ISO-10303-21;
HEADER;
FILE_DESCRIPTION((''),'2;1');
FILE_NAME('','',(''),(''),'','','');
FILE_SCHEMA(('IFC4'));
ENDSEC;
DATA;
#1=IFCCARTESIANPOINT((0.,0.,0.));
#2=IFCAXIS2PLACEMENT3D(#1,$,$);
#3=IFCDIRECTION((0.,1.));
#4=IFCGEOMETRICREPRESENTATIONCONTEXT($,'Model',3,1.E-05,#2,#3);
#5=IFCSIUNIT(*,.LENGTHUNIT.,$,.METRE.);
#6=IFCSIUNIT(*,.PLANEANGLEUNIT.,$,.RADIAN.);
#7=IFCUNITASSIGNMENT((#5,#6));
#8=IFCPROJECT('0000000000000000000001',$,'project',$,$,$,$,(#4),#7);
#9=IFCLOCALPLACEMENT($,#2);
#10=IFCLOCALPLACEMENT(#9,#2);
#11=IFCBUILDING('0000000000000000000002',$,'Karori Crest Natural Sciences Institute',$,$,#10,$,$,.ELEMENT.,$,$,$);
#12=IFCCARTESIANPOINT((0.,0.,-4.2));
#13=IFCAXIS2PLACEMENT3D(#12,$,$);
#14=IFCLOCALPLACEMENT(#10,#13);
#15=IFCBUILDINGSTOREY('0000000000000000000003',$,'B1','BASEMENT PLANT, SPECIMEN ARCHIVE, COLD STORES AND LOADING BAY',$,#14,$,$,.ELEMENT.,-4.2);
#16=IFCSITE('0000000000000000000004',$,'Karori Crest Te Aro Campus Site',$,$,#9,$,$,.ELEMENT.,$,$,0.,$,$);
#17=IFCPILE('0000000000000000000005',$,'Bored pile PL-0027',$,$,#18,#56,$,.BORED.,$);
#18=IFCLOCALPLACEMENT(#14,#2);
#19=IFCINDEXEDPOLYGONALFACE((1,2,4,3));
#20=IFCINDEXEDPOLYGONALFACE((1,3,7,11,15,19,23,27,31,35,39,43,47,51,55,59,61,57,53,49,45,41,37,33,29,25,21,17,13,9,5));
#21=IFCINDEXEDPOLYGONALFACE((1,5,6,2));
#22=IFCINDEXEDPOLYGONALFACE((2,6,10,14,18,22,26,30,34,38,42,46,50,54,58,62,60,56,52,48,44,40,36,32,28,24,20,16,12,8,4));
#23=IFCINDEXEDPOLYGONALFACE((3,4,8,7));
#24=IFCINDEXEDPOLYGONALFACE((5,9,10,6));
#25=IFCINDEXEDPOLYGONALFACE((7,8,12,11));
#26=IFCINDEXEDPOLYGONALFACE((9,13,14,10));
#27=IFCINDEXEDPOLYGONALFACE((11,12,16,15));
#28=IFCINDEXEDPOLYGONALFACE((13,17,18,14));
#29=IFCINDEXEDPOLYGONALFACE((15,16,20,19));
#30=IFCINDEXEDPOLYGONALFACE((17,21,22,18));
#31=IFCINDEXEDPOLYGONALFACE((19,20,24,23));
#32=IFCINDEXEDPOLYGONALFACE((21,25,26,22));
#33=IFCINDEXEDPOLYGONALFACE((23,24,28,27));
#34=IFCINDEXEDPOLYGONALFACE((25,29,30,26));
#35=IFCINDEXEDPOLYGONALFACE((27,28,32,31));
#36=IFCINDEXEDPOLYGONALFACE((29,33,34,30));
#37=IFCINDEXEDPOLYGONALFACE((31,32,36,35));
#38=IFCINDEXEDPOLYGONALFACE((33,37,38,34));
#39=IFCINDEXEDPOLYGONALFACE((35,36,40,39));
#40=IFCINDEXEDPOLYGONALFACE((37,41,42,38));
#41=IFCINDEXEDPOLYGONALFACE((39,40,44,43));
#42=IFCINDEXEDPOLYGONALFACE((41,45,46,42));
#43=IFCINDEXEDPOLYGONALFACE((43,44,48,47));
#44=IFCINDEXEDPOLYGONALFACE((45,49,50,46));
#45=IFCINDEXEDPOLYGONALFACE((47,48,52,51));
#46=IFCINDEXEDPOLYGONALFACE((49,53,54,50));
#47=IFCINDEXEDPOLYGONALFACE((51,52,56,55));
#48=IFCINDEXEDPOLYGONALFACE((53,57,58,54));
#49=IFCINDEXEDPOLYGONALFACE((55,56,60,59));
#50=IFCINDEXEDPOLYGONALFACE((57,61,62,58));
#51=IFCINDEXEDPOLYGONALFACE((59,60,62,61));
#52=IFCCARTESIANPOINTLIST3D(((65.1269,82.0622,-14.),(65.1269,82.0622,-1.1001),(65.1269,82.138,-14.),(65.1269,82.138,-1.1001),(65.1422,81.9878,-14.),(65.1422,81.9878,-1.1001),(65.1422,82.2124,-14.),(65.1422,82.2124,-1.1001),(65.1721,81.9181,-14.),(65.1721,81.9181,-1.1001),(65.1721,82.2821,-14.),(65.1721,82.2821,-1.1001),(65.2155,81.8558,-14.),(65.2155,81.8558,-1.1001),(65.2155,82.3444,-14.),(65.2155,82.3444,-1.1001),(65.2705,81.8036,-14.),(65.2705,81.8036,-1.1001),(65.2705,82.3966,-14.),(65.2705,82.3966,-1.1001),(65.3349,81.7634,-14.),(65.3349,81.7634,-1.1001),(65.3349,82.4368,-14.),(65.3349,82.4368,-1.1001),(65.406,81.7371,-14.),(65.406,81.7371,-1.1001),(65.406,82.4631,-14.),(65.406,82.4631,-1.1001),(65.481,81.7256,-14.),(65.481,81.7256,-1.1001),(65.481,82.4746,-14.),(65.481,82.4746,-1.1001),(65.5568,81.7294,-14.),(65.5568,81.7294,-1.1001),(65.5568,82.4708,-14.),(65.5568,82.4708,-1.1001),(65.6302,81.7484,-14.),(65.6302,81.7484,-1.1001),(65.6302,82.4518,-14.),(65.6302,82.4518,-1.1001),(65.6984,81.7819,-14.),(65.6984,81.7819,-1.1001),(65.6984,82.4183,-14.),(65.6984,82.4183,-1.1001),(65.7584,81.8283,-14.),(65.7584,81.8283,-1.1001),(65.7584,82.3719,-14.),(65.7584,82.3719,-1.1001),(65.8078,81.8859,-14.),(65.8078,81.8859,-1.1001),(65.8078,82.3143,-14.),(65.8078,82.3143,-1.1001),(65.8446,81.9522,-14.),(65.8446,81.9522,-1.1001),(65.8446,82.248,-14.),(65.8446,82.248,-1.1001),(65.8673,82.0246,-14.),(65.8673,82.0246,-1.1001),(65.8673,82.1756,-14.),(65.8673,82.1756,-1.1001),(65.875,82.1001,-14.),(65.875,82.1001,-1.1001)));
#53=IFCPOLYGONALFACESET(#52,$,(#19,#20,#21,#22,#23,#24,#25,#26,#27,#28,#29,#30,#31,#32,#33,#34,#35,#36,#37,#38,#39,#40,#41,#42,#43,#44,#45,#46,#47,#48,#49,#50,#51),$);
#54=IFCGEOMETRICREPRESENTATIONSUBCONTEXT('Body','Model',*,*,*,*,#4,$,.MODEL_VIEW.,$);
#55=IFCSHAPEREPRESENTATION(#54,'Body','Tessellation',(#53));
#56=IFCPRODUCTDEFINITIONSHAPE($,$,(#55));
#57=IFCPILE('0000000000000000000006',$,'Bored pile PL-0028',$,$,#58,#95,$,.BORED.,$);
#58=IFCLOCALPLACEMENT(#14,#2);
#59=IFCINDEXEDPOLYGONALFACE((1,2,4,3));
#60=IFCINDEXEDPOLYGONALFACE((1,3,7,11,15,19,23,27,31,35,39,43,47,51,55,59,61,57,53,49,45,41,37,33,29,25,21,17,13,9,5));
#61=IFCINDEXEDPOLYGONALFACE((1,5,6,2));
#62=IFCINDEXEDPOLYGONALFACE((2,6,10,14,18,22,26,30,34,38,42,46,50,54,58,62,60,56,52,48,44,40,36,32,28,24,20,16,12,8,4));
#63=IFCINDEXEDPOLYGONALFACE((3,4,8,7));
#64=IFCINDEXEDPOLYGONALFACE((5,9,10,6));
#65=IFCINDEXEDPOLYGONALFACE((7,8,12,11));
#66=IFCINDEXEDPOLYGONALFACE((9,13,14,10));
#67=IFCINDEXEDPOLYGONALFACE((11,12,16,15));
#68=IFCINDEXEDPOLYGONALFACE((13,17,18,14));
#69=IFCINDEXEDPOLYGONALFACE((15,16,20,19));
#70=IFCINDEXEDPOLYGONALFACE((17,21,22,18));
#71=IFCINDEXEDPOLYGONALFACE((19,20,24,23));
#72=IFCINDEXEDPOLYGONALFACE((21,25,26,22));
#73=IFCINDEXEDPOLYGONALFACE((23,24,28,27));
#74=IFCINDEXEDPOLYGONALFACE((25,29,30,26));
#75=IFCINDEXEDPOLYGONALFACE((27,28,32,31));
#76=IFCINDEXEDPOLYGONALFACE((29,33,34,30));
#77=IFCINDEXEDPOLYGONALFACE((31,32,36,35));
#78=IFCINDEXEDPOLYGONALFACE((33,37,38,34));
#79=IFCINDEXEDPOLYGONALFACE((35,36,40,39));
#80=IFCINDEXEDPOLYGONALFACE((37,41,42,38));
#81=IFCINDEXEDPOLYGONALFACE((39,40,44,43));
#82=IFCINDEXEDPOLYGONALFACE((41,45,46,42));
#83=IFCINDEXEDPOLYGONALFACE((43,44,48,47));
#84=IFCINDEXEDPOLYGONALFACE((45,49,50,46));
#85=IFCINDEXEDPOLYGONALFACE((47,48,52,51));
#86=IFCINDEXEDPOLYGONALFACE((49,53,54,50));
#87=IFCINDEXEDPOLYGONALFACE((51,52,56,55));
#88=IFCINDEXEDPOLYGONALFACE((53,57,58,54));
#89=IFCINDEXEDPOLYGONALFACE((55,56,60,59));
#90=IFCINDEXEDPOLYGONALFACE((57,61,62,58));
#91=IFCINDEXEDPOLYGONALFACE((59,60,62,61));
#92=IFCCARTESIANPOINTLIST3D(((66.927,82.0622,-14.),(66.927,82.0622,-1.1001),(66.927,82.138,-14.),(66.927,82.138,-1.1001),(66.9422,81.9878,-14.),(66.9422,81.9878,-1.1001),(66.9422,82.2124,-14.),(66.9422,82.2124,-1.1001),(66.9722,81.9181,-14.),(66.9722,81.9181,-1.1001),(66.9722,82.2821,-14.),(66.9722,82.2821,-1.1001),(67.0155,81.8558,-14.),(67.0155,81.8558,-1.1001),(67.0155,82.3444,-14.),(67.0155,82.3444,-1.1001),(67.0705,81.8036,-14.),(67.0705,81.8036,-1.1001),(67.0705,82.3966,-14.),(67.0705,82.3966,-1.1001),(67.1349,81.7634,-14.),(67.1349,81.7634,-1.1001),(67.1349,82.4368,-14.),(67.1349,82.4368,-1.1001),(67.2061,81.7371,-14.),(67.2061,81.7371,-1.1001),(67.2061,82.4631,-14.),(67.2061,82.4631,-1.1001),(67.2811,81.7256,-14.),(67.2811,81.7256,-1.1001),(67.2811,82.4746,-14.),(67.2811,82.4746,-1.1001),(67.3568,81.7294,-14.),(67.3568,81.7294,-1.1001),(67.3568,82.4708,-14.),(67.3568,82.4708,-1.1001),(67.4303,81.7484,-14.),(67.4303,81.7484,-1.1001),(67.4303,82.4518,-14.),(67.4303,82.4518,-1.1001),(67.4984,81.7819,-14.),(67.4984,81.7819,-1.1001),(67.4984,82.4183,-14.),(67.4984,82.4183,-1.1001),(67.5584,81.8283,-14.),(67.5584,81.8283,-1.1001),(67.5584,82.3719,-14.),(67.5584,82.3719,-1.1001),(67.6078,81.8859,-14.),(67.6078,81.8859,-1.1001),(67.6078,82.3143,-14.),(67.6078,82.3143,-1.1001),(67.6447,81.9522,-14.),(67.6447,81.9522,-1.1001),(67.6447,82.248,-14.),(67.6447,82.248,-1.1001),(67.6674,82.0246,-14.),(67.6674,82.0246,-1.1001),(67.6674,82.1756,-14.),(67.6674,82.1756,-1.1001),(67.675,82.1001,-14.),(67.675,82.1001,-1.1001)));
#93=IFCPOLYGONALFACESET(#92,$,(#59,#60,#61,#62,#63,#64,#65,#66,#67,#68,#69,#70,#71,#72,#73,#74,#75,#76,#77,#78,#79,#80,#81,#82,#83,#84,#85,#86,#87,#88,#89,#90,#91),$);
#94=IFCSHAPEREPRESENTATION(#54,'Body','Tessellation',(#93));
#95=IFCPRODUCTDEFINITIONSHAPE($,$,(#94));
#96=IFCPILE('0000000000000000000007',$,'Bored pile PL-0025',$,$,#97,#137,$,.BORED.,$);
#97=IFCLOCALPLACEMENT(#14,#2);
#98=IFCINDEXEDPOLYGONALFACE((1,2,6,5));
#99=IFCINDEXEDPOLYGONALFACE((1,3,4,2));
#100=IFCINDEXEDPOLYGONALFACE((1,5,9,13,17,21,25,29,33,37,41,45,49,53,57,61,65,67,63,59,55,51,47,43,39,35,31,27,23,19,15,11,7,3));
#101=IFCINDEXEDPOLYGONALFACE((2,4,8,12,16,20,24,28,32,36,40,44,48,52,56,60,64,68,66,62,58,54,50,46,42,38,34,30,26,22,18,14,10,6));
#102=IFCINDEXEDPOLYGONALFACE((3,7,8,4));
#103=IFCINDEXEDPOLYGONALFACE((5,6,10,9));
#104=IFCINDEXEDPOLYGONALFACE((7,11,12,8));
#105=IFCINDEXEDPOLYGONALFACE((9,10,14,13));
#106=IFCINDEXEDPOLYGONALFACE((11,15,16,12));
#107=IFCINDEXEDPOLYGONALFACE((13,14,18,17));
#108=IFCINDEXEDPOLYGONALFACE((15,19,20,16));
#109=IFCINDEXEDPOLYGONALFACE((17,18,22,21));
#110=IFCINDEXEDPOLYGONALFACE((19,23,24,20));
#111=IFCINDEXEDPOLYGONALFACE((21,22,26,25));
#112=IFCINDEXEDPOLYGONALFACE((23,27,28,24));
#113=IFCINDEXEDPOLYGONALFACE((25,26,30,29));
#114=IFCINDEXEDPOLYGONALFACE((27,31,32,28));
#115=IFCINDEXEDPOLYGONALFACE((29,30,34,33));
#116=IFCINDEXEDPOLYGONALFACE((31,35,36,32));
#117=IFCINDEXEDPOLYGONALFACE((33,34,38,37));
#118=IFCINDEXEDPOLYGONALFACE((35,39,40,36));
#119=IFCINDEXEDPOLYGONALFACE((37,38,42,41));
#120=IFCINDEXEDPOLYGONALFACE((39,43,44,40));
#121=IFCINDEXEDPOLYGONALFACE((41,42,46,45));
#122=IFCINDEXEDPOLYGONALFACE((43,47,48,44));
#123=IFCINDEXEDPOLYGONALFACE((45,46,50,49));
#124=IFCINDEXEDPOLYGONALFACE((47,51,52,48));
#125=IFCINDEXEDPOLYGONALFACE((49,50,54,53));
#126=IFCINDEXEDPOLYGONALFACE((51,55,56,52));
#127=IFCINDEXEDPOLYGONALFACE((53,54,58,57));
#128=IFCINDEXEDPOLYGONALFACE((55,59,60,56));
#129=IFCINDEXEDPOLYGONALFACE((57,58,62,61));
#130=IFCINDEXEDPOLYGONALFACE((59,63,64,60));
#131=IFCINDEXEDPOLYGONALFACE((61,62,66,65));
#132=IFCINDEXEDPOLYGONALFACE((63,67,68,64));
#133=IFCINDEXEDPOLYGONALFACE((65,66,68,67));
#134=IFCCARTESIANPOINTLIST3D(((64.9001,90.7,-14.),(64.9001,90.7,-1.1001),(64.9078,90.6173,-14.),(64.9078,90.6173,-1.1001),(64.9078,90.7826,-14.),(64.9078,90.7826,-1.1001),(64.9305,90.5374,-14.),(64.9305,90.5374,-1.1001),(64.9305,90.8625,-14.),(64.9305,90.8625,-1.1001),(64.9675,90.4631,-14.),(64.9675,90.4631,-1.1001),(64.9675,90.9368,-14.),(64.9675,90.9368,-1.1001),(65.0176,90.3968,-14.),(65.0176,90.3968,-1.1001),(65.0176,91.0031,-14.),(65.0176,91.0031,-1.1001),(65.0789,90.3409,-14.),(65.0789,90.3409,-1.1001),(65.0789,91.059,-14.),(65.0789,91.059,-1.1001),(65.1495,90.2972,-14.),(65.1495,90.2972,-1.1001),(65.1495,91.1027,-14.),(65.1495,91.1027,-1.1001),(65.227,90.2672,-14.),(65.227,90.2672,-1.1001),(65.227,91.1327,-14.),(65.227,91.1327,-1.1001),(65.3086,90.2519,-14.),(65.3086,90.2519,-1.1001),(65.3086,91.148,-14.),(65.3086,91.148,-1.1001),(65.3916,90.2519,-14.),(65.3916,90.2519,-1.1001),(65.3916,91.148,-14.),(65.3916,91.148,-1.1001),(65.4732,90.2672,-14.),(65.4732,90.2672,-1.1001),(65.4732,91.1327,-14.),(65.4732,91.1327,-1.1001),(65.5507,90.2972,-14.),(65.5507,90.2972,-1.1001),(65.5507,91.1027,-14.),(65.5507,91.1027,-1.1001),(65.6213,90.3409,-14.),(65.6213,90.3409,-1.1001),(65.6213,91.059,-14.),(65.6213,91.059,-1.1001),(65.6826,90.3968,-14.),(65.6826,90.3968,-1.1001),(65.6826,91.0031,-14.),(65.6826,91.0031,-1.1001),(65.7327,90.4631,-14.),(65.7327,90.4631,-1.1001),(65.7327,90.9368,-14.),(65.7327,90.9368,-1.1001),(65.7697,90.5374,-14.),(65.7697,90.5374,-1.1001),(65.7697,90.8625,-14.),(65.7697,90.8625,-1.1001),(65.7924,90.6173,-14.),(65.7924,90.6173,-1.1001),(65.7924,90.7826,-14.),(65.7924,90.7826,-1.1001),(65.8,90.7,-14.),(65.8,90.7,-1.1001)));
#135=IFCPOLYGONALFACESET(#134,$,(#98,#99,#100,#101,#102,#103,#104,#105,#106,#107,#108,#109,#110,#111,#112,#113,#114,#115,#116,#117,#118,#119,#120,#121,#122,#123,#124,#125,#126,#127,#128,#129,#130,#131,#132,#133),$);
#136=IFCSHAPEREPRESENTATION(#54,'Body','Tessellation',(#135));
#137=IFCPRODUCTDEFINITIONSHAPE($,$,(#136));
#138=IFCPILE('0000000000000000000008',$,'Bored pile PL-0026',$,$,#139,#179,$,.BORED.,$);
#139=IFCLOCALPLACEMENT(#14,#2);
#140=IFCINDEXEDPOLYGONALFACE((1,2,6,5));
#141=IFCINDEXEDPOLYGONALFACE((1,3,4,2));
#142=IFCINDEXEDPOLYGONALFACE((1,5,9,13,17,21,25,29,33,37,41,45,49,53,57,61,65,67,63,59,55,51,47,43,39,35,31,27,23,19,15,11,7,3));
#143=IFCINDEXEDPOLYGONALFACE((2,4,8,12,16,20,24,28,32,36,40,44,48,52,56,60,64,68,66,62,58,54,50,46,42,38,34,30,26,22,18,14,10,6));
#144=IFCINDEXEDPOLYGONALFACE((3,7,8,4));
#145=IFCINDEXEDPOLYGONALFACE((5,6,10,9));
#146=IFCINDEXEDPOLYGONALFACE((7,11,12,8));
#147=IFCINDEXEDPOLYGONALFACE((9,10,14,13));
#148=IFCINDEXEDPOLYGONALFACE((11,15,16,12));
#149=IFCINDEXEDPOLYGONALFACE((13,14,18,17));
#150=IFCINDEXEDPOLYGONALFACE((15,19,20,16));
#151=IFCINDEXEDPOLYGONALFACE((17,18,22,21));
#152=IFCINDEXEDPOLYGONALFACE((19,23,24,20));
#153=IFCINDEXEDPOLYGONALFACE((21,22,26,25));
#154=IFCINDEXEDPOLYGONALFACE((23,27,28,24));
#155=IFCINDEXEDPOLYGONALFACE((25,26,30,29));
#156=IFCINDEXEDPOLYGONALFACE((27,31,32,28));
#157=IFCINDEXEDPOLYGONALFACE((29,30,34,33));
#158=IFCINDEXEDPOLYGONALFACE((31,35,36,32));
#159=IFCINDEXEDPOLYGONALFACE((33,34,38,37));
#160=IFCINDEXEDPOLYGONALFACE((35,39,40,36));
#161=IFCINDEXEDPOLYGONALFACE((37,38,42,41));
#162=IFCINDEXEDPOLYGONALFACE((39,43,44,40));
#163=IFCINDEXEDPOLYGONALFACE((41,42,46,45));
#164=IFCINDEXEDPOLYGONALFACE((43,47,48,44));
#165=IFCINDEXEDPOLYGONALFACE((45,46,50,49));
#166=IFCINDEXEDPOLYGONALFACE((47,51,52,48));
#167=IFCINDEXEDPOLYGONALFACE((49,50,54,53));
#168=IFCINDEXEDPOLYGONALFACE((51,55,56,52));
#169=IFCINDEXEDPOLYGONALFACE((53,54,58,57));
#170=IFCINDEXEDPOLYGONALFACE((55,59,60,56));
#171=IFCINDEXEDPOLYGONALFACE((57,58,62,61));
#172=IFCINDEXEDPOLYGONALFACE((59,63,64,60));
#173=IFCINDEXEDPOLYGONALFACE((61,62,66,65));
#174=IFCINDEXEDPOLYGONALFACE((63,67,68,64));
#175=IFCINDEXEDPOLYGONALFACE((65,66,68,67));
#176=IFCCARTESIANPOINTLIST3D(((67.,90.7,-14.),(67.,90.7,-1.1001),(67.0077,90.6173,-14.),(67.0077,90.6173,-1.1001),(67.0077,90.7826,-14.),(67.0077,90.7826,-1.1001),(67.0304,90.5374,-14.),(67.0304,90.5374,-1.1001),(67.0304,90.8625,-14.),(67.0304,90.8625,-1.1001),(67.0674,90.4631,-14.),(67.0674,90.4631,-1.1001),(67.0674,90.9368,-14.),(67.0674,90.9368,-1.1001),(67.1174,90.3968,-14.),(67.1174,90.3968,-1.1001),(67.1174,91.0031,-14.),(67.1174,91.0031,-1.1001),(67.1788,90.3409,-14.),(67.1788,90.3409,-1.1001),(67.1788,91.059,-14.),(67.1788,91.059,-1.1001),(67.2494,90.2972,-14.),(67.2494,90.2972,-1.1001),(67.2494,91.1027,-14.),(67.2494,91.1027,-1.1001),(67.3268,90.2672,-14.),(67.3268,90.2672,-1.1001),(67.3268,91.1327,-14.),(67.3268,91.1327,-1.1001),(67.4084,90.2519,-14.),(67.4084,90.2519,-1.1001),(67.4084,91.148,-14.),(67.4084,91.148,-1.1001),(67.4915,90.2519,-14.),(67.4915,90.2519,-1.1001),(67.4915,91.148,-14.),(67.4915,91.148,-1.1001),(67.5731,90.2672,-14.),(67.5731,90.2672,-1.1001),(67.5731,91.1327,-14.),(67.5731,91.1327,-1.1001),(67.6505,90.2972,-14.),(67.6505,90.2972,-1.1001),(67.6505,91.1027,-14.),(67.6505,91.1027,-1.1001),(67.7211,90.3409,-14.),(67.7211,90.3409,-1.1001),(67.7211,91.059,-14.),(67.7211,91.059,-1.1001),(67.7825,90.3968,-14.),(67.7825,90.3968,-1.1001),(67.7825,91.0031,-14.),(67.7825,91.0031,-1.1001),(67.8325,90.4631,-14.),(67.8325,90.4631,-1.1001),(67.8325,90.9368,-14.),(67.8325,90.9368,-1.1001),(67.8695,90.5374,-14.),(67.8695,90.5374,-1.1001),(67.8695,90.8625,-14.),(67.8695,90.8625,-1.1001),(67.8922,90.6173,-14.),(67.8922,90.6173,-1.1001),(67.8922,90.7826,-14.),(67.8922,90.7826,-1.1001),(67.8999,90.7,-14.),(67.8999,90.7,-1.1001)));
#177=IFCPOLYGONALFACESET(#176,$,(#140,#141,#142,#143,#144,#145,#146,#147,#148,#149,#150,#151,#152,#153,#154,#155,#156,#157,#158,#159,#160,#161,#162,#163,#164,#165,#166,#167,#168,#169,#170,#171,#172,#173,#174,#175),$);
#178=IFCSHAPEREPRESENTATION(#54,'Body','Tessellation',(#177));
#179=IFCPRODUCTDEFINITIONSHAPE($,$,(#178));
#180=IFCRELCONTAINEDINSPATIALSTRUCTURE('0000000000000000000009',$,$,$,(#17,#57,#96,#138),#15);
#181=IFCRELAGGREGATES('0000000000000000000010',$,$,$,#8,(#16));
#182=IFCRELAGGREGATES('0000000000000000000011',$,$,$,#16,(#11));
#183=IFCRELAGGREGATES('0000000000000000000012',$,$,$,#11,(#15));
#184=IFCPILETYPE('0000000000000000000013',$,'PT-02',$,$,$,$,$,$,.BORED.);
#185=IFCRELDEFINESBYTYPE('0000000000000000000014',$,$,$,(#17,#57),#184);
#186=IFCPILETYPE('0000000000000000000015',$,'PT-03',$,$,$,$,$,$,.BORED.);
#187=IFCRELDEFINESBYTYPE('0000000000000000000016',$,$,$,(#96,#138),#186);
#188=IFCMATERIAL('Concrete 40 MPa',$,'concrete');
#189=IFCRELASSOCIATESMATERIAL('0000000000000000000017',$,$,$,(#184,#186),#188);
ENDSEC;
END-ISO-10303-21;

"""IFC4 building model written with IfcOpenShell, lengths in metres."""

from ifc_helpers import new_model, si_unit, direction, frame, origin, origin_2d, place, context, subcontext, project, spatial, circle, extrude, material, material_profile, profile_set, type_object, element, save


model = new_model("IFC4")

# Units and contexts
model_context = context("Model", 3, precision=1e-05, world=origin(), true_north=direction((0.0, 1.0)))
body_context = subcontext(model_context, "Body", "Model", "MODEL_VIEW")
ifc_project = project(units=[si_unit("LENGTHUNIT", "METRE"), si_unit("PLANEANGLEUNIT", "RADIAN")], contexts=[model_context])

# Site, building, storey
site_placement = place(None, origin())
site = spatial("IfcSite", under=ifc_project, at=site_placement, Name="Karori Crest Te Aro Campus Site", CompositionType="ELEMENT", RefElevation=0.0)
building_placement = place(site_placement, origin())
building = spatial("IfcBuilding", under=site, at=building_placement, Name="Karori Crest Natural Sciences Institute", CompositionType="ELEMENT")
storey_placement = place(building_placement, frame((0.0, 0.0, -4.2)))
storey = spatial("IfcBuildingStorey", under=building, at=storey_placement, Name="B1", Description="BASEMENT PLANT, SPECIMEN ARCHIVE, COLD STORES AND LOADING BAY", CompositionType="ELEMENT", Elevation=-4.2)

# Shared definitions
ifc_material_1 = material(Name="Concrete 40 MPa", Category="concrete")

# Piles
ifc_material_profile_1 = material_profile(ifc_material_1, circle(Radius=0.375, at=origin_2d()), Name="PILE750")
ifc_profile_set_1 = profile_set([ifc_material_profile_1], Name="Concrete 40 MPa")
pile_type_1 = type_object("IfcPileType", Name="PT-02", PredefinedType="BORED", material=ifc_profile_set_1)
for number, where, z_axis, x_axis, name in (
    (1, (65.5, 82.1001, -1.1001), (0.0, 0.0, -1.0), (1.0, 0.0, 0.0), "Bored pile PL-0027"),
    (2, (67.3, 82.1001, -1.1001), (0.0, 0.0, -1.0), (1.0, 0.0, 0.0), "Bored pile PL-0028"),
):
    element("IfcPile", number, at=place(storey_placement, frame(where, z_axis=z_axis, x_axis=x_axis)), inside=storey, type_object=pile_type_1, Name=name, PredefinedType="BORED", context=body_context, shape_type="SweptSolid", body=[
        extrude(circle(Radius=0.375, at=origin_2d()), origin(), (0.0, 0.0, 1.0), 12.8999),
    ])
ifc_material_profile_2 = material_profile(ifc_material_1, circle(Radius=0.45, at=origin_2d()), Name="PILE900")
ifc_profile_set_2 = profile_set([ifc_material_profile_2], Name="Concrete 40 MPa")
pile_type_2 = type_object("IfcPileType", Name="PT-03", PredefinedType="BORED", material=ifc_profile_set_2)
for number, where, z_axis, x_axis, name in (
    (3, (65.3501, 90.7, -1.1001), (0.0, 0.0, -1.0), (1.0, 0.0, 0.0), "Bored pile PL-0025"),
    (4, (67.45, 90.7, -1.1001), (0.0, 0.0, -1.0), (1.0, 0.0, 0.0), "Bored pile PL-0026"),
):
    element("IfcPile", number, at=place(storey_placement, frame(where, z_axis=z_axis, x_axis=x_axis)), inside=storey, type_object=pile_type_2, Name=name, PredefinedType="BORED", context=body_context, shape_type="SweptSolid", body=[
        extrude(circle(Radius=0.45, at=origin_2d()), origin(), (0.0, 0.0, 1.0), 12.8999),
    ])

save(model, "model.ifc")
